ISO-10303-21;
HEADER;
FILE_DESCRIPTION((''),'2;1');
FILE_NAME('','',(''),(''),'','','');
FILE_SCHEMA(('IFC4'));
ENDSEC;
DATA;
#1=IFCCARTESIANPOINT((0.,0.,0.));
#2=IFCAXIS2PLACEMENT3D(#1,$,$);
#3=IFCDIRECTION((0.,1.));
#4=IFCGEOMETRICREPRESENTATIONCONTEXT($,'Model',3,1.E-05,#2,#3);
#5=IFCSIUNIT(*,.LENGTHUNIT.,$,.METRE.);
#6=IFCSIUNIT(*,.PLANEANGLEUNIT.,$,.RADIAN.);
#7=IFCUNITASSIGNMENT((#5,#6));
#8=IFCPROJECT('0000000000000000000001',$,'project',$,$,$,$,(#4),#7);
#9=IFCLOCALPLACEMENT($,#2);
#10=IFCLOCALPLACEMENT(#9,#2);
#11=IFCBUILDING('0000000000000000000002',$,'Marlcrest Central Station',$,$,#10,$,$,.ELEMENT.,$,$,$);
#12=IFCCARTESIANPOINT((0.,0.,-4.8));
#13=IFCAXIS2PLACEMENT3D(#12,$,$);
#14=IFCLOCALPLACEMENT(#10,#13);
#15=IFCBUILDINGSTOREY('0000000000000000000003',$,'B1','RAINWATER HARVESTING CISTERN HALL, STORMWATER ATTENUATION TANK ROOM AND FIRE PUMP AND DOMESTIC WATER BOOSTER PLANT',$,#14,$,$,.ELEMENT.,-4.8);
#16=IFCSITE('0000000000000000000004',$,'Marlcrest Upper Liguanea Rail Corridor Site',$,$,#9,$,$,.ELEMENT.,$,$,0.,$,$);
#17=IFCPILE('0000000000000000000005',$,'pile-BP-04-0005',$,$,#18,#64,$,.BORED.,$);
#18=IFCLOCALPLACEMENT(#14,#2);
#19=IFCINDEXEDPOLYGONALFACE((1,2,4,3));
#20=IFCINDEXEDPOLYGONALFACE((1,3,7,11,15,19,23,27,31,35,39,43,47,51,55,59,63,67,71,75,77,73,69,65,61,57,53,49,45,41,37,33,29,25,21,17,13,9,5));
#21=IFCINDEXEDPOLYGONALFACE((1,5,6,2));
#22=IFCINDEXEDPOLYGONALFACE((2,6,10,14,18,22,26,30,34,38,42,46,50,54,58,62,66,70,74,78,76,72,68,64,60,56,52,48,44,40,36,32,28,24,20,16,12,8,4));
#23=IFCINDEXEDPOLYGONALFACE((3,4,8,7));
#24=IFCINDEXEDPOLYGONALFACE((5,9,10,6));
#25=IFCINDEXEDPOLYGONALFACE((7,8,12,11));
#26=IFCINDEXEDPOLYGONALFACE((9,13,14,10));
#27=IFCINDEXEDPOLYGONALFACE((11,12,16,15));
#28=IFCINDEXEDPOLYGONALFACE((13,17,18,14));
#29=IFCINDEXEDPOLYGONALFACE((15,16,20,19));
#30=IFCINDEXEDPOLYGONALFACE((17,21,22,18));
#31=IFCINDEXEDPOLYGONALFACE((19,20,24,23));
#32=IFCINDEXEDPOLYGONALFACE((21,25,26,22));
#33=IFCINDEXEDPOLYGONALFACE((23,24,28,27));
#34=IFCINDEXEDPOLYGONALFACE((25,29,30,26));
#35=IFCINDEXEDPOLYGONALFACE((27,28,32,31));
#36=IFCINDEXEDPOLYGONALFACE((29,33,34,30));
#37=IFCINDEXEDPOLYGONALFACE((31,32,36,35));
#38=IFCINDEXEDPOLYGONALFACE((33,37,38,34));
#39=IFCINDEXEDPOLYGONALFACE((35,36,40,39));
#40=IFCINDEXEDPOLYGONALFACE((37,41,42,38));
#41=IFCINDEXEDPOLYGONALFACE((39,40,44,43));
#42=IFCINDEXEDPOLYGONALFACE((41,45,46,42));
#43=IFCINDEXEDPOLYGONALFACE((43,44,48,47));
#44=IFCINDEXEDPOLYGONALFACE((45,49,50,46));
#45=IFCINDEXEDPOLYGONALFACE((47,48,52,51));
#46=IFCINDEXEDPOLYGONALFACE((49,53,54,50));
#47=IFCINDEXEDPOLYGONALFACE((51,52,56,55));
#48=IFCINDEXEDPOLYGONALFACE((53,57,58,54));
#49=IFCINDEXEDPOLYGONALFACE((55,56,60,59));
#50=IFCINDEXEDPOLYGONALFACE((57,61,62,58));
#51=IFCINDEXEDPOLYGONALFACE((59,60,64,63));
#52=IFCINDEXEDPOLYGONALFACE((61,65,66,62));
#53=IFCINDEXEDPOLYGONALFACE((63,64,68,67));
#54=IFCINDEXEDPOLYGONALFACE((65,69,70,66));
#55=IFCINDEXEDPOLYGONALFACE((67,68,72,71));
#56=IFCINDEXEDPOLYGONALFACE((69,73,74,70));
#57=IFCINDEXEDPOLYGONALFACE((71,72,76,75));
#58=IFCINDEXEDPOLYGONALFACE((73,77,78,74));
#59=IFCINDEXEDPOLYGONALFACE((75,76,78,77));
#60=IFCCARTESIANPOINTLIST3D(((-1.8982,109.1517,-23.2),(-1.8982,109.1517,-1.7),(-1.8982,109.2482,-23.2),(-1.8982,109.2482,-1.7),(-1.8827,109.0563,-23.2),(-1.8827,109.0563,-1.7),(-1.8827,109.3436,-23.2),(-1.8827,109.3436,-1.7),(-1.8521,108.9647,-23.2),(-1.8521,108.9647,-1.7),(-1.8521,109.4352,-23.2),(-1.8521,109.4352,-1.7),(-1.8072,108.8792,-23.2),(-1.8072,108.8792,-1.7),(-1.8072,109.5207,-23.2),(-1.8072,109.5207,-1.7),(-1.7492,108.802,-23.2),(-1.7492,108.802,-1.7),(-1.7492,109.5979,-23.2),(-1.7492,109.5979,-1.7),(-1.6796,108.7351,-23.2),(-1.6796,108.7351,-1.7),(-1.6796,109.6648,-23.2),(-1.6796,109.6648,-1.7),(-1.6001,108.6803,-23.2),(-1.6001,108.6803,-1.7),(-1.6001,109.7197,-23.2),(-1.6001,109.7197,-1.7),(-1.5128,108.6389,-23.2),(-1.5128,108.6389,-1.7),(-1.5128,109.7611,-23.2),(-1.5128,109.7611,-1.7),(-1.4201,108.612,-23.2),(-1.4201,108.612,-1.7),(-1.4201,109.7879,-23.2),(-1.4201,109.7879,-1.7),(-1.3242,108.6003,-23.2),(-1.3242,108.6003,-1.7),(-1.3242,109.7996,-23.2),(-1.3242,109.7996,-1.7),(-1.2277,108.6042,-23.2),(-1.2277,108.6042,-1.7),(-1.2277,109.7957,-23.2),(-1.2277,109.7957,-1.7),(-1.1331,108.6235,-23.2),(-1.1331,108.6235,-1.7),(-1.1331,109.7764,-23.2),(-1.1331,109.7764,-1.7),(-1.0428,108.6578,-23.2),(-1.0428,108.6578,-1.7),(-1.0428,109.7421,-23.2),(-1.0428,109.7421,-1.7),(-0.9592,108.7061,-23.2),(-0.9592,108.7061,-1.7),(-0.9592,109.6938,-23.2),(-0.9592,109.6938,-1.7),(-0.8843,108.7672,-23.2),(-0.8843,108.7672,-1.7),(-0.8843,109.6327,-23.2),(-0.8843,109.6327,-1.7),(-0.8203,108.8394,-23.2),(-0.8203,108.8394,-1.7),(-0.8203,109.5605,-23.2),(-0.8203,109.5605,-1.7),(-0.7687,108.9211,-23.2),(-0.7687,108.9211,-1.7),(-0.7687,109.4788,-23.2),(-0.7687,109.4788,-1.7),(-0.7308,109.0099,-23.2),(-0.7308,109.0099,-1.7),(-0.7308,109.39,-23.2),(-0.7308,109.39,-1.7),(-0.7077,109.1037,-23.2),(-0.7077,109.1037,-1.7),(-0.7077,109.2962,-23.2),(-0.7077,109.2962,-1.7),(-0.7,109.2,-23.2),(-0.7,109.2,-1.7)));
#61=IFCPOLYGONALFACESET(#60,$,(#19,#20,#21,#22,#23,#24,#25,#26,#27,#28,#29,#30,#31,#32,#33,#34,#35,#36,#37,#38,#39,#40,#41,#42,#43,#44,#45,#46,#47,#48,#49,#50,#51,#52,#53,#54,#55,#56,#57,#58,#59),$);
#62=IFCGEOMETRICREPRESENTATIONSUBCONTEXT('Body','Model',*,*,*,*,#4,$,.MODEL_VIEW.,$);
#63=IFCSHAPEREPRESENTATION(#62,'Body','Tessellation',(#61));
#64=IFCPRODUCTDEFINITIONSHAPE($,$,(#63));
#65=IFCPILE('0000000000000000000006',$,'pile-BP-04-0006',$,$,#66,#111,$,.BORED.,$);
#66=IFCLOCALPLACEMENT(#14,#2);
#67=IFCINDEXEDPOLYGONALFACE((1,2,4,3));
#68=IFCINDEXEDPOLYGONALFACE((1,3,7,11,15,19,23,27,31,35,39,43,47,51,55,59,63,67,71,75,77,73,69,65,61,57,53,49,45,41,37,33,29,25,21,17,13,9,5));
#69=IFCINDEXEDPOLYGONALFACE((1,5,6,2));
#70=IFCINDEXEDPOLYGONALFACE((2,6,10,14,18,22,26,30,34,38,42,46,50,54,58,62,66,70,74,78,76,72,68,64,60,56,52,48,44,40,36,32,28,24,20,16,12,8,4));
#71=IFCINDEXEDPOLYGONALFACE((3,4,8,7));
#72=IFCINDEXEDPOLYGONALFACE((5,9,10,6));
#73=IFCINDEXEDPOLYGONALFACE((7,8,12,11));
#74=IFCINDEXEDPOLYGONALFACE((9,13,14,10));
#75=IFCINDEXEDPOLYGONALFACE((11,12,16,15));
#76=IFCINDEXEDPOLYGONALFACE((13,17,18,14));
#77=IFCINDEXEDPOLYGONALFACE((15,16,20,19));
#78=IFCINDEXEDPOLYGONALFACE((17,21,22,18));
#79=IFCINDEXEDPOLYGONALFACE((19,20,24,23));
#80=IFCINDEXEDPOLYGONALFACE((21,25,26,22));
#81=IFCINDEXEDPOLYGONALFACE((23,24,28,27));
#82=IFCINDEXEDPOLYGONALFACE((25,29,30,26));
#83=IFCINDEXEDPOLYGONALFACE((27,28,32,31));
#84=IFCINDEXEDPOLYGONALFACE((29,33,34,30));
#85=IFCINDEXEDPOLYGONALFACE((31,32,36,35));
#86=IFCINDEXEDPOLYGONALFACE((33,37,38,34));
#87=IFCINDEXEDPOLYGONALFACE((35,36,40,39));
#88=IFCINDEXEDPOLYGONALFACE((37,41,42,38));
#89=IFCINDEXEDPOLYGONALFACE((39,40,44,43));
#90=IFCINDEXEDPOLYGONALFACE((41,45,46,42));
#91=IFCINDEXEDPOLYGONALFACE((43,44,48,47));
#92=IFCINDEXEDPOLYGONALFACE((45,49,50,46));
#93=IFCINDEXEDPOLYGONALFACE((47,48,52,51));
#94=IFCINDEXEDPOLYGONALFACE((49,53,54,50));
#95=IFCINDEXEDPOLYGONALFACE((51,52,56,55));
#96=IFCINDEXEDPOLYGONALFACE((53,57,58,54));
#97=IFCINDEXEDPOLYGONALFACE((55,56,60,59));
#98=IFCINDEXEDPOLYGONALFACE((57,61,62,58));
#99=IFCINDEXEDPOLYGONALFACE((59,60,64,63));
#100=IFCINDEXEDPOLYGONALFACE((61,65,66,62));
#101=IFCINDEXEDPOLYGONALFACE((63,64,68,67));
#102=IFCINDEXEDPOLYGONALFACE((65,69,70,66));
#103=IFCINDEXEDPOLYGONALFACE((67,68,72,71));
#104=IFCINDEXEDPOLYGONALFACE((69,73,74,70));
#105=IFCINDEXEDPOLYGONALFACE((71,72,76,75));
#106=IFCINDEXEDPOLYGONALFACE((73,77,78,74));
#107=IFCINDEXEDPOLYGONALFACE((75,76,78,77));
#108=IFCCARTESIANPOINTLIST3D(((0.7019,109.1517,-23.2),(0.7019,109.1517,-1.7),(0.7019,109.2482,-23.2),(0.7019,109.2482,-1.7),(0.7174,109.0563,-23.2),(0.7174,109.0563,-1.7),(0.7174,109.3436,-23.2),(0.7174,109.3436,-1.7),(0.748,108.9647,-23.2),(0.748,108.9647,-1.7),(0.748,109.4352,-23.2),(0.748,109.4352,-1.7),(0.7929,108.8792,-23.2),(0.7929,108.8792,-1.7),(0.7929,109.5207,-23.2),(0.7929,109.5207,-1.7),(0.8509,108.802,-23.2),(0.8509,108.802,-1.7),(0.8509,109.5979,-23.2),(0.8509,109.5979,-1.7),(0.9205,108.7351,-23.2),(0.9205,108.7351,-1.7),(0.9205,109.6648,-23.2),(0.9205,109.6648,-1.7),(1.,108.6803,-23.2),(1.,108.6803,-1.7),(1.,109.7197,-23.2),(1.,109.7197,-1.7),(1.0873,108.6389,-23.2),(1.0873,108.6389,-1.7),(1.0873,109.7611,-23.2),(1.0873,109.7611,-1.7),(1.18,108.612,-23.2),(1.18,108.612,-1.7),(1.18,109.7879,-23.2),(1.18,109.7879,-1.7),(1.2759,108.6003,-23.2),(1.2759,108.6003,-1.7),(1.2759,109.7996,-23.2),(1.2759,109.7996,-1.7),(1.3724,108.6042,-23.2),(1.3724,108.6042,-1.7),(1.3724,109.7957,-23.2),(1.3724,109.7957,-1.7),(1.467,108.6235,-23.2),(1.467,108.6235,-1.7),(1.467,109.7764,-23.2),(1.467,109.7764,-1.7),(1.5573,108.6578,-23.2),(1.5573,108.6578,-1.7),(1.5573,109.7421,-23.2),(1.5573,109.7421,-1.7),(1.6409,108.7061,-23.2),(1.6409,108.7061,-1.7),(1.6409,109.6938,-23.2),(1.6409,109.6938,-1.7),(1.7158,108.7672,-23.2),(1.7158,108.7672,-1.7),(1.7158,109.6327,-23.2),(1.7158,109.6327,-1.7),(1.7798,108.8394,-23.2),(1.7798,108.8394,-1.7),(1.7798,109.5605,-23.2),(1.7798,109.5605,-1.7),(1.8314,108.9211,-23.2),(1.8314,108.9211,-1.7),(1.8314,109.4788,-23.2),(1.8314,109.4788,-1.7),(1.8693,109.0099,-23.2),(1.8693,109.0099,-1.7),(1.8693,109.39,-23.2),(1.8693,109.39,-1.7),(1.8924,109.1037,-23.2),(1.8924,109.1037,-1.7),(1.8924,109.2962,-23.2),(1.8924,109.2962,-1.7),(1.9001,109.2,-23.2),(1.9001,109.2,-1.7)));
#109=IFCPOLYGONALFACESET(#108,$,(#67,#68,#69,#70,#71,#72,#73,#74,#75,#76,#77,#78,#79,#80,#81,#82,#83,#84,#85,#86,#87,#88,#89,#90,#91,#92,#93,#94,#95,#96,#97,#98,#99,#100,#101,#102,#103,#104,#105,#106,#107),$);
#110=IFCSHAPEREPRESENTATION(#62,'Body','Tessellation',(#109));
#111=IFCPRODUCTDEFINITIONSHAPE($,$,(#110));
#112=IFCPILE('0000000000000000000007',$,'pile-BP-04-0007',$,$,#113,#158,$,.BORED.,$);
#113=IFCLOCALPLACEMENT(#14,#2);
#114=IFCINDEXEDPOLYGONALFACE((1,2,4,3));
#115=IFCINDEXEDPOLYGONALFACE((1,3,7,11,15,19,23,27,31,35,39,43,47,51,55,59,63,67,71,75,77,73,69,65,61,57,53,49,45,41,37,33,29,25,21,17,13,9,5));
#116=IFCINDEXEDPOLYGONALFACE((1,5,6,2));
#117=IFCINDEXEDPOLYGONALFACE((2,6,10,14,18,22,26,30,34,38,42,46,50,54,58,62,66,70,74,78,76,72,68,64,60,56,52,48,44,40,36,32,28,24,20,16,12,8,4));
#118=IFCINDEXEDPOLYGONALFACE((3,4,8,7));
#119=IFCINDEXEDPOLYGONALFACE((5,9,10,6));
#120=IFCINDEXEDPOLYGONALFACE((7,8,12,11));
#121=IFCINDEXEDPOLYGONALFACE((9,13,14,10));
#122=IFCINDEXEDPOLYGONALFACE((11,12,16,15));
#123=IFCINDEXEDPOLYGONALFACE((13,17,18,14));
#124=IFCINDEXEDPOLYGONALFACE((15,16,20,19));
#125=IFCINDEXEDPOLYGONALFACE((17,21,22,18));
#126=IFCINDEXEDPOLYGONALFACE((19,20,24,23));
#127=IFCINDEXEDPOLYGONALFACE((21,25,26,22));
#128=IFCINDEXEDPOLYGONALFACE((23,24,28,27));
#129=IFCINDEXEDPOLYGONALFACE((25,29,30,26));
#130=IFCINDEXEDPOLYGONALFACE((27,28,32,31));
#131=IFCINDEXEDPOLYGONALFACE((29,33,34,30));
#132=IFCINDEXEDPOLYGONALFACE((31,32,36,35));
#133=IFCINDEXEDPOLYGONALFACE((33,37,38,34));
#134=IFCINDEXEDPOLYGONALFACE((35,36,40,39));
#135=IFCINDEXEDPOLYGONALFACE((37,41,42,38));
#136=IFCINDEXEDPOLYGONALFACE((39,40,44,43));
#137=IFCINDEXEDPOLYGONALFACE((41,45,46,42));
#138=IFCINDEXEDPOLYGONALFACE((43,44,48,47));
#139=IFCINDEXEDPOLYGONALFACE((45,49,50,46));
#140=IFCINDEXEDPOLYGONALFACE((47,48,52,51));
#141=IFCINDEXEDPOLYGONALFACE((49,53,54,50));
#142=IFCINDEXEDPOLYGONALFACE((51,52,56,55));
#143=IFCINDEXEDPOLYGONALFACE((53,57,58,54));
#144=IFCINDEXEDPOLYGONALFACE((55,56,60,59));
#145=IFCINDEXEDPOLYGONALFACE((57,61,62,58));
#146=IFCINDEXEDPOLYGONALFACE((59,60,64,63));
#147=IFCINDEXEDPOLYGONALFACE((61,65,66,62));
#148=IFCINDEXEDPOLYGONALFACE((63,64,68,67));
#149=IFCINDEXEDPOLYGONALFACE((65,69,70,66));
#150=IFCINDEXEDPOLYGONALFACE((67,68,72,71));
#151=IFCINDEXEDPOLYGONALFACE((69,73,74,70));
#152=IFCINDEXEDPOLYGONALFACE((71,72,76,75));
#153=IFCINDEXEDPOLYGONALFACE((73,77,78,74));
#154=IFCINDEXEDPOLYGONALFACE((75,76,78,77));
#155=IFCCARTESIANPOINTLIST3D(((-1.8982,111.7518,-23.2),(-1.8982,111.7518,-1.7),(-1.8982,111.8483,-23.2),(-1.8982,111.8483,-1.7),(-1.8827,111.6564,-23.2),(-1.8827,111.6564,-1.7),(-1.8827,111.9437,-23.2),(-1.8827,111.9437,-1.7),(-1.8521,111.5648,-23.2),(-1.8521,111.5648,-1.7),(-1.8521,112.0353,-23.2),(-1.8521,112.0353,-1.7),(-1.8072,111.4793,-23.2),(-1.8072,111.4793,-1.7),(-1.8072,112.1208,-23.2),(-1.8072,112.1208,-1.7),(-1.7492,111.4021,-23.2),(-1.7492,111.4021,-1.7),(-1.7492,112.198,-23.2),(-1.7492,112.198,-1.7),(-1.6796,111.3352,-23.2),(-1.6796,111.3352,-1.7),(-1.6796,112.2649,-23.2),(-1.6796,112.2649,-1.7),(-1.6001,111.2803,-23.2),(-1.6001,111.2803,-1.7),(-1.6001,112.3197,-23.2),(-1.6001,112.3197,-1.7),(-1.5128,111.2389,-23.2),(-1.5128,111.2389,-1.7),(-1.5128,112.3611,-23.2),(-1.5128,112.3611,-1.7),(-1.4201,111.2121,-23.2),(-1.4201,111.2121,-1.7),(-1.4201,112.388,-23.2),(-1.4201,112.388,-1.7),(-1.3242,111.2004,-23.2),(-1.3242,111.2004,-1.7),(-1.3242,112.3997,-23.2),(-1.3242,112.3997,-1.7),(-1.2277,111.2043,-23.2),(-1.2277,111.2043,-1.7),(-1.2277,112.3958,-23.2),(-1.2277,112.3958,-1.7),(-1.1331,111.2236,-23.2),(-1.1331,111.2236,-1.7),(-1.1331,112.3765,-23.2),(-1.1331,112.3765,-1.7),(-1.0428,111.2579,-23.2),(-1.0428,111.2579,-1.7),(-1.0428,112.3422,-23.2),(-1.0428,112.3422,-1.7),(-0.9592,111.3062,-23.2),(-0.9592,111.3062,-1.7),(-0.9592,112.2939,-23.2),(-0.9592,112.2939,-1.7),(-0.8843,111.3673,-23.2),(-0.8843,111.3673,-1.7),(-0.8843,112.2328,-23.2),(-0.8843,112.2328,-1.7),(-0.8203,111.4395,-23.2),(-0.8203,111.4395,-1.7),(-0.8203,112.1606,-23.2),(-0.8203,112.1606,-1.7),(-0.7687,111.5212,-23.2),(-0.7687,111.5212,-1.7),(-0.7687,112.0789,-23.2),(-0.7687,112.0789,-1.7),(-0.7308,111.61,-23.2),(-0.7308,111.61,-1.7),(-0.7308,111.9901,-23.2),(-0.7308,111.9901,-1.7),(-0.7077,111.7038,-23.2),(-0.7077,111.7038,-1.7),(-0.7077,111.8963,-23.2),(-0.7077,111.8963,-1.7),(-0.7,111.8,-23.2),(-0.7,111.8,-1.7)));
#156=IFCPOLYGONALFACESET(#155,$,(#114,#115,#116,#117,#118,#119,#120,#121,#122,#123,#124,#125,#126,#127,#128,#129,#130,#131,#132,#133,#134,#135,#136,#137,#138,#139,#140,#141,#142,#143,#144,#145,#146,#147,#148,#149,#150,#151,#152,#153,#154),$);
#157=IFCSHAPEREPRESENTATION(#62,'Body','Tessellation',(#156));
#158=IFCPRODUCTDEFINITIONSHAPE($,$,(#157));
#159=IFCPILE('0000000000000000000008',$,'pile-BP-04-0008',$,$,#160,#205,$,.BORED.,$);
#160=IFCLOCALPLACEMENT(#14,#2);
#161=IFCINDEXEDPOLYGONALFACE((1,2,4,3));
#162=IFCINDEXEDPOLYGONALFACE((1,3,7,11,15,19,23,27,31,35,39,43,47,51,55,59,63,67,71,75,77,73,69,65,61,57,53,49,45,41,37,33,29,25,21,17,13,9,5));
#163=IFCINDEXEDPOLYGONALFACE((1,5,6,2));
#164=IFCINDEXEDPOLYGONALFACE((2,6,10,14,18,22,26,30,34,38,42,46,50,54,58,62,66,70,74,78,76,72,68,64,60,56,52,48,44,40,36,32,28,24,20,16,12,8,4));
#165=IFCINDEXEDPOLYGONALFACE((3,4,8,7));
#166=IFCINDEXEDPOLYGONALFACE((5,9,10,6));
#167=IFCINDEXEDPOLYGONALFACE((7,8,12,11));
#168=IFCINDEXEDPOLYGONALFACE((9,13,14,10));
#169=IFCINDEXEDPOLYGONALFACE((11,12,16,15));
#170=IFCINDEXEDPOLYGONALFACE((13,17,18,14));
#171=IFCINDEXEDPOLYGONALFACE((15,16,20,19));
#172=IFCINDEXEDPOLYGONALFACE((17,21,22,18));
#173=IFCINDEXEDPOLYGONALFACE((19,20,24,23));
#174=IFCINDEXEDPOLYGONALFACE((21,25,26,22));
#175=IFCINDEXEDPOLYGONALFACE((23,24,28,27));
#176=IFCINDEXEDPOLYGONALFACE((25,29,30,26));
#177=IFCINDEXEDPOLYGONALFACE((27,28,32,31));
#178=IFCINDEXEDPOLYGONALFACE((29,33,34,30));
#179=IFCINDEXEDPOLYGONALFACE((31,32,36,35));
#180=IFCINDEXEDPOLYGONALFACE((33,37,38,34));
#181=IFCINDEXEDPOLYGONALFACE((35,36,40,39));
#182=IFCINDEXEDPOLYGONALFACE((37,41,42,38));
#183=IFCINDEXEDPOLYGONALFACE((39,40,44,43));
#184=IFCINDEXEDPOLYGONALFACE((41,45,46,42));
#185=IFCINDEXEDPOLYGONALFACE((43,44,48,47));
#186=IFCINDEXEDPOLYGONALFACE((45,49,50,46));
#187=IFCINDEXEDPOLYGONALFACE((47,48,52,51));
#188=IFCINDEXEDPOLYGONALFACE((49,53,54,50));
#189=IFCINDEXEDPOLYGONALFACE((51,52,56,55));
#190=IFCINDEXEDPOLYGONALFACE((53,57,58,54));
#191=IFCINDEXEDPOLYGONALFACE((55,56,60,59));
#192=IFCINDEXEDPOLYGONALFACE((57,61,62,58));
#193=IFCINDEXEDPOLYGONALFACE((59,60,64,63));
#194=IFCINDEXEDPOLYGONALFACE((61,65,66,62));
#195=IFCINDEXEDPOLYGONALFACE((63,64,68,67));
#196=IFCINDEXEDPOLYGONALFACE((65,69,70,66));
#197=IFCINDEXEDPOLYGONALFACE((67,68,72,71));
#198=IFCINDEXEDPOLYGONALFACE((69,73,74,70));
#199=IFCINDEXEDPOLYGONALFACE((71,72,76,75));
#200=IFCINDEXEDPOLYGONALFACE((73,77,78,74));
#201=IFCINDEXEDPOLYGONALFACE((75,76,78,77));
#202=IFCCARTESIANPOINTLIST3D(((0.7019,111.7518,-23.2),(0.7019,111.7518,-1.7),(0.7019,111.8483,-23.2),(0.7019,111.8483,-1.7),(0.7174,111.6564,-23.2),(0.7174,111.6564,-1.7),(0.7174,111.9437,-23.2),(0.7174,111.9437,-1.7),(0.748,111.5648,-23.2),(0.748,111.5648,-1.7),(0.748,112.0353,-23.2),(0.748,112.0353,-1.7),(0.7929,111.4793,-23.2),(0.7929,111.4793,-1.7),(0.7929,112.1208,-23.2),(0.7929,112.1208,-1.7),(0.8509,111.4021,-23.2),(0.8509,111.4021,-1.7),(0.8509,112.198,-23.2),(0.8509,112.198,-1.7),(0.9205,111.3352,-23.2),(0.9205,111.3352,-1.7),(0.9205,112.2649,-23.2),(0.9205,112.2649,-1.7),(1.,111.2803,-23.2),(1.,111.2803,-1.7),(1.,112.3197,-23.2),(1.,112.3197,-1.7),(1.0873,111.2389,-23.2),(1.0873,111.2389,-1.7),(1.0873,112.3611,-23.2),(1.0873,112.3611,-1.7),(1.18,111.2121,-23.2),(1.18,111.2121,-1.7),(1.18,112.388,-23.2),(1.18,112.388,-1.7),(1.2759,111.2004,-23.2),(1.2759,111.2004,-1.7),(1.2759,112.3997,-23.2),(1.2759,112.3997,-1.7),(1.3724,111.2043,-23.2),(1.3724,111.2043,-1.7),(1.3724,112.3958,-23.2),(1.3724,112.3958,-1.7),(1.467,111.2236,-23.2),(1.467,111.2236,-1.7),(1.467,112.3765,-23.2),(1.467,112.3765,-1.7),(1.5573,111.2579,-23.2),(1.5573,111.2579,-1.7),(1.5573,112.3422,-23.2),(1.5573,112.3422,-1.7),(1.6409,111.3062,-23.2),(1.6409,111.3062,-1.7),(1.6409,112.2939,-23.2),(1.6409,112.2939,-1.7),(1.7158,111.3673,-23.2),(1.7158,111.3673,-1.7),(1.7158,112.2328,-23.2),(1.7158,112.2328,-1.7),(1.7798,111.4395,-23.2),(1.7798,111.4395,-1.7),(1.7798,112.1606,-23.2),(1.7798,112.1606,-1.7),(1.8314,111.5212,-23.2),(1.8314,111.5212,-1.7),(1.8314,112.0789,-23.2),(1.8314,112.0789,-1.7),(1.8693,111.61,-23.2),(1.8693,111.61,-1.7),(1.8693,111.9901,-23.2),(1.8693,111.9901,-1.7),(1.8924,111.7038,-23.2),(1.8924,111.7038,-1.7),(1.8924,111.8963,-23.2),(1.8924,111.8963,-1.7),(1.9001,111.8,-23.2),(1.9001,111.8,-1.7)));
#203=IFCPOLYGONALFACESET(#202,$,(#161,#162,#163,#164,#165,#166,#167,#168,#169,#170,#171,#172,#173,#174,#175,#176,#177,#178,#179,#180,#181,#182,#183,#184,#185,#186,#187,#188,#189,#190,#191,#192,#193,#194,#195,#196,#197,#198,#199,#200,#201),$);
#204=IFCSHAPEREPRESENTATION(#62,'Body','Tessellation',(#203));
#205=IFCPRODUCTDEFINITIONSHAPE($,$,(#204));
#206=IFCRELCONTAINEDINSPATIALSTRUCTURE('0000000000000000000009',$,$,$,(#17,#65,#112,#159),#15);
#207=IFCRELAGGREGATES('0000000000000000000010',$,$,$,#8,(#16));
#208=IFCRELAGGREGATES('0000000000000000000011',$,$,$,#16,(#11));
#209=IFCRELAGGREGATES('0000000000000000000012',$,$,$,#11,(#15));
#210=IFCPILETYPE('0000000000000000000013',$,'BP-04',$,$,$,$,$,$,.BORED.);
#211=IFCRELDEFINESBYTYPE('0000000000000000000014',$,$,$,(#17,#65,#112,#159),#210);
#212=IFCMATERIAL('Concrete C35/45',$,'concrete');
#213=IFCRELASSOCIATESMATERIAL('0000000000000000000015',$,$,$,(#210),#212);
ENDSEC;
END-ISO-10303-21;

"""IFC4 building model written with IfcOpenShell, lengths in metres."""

from ifc_helpers import new_model, si_unit, direction, frame, origin, origin_2d, place, context, subcontext, project, spatial, circle, extrude, material, material_profile, profile_set, type_object, element, save


model = new_model("IFC4")

# Units and contexts
model_context = context("Model", 3, precision=1e-05, world=origin(), true_north=direction((0.0, 1.0)))
body_context = subcontext(model_context, "Body", "Model", "MODEL_VIEW")
ifc_project = project(units=[si_unit("LENGTHUNIT", "METRE"), si_unit("PLANEANGLEUNIT", "RADIAN")], contexts=[model_context])

# Site, building, storey
site_placement = place(None, origin())
site = spatial("IfcSite", under=ifc_project, at=site_placement, Name="Marlcrest Upper Liguanea Rail Corridor Site", CompositionType="ELEMENT", RefElevation=0.0)
building_placement = place(site_placement, origin())
building = spatial("IfcBuilding", under=site, at=building_placement, Name="Marlcrest Central Station", CompositionType="ELEMENT")
storey_placement = place(building_placement, frame((0.0, 0.0, -4.8)))
storey = spatial("IfcBuildingStorey", under=building, at=storey_placement, Name="B1", Description="RAINWATER HARVESTING CISTERN HALL, STORMWATER ATTENUATION TANK ROOM AND FIRE PUMP AND DOMESTIC WATER BOOSTER PLANT", CompositionType="ELEMENT", Elevation=-4.8)

# Piles
ifc_material_1 = material(Name="Concrete C35/45", Category="concrete")
ifc_material_profile_1 = material_profile(ifc_material_1, circle(Radius=0.6001, at=origin_2d()), Name="PILE D1200")
ifc_profile_set_1 = profile_set([ifc_material_profile_1], Name="Concrete C35/45")
pile_type = type_object("IfcPileType", Name="BP-04", PredefinedType="BORED", material=ifc_profile_set_1)
for number, where, z_axis, x_axis, name in (
    (1, (-1.3, 109.2, -1.7), (0.0, 0.0, -1.0), (1.0, 0.0, 0.0), "pile-BP-04-0005"),
    (2, (1.3, 109.2, -1.7), (0.0, 0.0, -1.0), (1.0, 0.0, 0.0), "pile-BP-04-0006"),
    (3, (-1.3, 111.8, -1.7), (0.0, 0.0, -1.0), (1.0, 0.0, 0.0), "pile-BP-04-0007"),
    (4, (1.3, 111.8, -1.7), (0.0, 0.0, -1.0), (1.0, 0.0, 0.0), "pile-BP-04-0008"),
):
    element("IfcPile", number, at=place(storey_placement, frame(where, z_axis=z_axis, x_axis=x_axis)), inside=storey, type_object=pile_type, Name=name, PredefinedType="BORED", context=body_context, shape_type="SweptSolid", body=[
        extrude(circle(Radius=0.6001, at=origin_2d()), origin(), (0.0, 0.0, 1.0), 21.5),
    ])

save(model, "model.ifc")
